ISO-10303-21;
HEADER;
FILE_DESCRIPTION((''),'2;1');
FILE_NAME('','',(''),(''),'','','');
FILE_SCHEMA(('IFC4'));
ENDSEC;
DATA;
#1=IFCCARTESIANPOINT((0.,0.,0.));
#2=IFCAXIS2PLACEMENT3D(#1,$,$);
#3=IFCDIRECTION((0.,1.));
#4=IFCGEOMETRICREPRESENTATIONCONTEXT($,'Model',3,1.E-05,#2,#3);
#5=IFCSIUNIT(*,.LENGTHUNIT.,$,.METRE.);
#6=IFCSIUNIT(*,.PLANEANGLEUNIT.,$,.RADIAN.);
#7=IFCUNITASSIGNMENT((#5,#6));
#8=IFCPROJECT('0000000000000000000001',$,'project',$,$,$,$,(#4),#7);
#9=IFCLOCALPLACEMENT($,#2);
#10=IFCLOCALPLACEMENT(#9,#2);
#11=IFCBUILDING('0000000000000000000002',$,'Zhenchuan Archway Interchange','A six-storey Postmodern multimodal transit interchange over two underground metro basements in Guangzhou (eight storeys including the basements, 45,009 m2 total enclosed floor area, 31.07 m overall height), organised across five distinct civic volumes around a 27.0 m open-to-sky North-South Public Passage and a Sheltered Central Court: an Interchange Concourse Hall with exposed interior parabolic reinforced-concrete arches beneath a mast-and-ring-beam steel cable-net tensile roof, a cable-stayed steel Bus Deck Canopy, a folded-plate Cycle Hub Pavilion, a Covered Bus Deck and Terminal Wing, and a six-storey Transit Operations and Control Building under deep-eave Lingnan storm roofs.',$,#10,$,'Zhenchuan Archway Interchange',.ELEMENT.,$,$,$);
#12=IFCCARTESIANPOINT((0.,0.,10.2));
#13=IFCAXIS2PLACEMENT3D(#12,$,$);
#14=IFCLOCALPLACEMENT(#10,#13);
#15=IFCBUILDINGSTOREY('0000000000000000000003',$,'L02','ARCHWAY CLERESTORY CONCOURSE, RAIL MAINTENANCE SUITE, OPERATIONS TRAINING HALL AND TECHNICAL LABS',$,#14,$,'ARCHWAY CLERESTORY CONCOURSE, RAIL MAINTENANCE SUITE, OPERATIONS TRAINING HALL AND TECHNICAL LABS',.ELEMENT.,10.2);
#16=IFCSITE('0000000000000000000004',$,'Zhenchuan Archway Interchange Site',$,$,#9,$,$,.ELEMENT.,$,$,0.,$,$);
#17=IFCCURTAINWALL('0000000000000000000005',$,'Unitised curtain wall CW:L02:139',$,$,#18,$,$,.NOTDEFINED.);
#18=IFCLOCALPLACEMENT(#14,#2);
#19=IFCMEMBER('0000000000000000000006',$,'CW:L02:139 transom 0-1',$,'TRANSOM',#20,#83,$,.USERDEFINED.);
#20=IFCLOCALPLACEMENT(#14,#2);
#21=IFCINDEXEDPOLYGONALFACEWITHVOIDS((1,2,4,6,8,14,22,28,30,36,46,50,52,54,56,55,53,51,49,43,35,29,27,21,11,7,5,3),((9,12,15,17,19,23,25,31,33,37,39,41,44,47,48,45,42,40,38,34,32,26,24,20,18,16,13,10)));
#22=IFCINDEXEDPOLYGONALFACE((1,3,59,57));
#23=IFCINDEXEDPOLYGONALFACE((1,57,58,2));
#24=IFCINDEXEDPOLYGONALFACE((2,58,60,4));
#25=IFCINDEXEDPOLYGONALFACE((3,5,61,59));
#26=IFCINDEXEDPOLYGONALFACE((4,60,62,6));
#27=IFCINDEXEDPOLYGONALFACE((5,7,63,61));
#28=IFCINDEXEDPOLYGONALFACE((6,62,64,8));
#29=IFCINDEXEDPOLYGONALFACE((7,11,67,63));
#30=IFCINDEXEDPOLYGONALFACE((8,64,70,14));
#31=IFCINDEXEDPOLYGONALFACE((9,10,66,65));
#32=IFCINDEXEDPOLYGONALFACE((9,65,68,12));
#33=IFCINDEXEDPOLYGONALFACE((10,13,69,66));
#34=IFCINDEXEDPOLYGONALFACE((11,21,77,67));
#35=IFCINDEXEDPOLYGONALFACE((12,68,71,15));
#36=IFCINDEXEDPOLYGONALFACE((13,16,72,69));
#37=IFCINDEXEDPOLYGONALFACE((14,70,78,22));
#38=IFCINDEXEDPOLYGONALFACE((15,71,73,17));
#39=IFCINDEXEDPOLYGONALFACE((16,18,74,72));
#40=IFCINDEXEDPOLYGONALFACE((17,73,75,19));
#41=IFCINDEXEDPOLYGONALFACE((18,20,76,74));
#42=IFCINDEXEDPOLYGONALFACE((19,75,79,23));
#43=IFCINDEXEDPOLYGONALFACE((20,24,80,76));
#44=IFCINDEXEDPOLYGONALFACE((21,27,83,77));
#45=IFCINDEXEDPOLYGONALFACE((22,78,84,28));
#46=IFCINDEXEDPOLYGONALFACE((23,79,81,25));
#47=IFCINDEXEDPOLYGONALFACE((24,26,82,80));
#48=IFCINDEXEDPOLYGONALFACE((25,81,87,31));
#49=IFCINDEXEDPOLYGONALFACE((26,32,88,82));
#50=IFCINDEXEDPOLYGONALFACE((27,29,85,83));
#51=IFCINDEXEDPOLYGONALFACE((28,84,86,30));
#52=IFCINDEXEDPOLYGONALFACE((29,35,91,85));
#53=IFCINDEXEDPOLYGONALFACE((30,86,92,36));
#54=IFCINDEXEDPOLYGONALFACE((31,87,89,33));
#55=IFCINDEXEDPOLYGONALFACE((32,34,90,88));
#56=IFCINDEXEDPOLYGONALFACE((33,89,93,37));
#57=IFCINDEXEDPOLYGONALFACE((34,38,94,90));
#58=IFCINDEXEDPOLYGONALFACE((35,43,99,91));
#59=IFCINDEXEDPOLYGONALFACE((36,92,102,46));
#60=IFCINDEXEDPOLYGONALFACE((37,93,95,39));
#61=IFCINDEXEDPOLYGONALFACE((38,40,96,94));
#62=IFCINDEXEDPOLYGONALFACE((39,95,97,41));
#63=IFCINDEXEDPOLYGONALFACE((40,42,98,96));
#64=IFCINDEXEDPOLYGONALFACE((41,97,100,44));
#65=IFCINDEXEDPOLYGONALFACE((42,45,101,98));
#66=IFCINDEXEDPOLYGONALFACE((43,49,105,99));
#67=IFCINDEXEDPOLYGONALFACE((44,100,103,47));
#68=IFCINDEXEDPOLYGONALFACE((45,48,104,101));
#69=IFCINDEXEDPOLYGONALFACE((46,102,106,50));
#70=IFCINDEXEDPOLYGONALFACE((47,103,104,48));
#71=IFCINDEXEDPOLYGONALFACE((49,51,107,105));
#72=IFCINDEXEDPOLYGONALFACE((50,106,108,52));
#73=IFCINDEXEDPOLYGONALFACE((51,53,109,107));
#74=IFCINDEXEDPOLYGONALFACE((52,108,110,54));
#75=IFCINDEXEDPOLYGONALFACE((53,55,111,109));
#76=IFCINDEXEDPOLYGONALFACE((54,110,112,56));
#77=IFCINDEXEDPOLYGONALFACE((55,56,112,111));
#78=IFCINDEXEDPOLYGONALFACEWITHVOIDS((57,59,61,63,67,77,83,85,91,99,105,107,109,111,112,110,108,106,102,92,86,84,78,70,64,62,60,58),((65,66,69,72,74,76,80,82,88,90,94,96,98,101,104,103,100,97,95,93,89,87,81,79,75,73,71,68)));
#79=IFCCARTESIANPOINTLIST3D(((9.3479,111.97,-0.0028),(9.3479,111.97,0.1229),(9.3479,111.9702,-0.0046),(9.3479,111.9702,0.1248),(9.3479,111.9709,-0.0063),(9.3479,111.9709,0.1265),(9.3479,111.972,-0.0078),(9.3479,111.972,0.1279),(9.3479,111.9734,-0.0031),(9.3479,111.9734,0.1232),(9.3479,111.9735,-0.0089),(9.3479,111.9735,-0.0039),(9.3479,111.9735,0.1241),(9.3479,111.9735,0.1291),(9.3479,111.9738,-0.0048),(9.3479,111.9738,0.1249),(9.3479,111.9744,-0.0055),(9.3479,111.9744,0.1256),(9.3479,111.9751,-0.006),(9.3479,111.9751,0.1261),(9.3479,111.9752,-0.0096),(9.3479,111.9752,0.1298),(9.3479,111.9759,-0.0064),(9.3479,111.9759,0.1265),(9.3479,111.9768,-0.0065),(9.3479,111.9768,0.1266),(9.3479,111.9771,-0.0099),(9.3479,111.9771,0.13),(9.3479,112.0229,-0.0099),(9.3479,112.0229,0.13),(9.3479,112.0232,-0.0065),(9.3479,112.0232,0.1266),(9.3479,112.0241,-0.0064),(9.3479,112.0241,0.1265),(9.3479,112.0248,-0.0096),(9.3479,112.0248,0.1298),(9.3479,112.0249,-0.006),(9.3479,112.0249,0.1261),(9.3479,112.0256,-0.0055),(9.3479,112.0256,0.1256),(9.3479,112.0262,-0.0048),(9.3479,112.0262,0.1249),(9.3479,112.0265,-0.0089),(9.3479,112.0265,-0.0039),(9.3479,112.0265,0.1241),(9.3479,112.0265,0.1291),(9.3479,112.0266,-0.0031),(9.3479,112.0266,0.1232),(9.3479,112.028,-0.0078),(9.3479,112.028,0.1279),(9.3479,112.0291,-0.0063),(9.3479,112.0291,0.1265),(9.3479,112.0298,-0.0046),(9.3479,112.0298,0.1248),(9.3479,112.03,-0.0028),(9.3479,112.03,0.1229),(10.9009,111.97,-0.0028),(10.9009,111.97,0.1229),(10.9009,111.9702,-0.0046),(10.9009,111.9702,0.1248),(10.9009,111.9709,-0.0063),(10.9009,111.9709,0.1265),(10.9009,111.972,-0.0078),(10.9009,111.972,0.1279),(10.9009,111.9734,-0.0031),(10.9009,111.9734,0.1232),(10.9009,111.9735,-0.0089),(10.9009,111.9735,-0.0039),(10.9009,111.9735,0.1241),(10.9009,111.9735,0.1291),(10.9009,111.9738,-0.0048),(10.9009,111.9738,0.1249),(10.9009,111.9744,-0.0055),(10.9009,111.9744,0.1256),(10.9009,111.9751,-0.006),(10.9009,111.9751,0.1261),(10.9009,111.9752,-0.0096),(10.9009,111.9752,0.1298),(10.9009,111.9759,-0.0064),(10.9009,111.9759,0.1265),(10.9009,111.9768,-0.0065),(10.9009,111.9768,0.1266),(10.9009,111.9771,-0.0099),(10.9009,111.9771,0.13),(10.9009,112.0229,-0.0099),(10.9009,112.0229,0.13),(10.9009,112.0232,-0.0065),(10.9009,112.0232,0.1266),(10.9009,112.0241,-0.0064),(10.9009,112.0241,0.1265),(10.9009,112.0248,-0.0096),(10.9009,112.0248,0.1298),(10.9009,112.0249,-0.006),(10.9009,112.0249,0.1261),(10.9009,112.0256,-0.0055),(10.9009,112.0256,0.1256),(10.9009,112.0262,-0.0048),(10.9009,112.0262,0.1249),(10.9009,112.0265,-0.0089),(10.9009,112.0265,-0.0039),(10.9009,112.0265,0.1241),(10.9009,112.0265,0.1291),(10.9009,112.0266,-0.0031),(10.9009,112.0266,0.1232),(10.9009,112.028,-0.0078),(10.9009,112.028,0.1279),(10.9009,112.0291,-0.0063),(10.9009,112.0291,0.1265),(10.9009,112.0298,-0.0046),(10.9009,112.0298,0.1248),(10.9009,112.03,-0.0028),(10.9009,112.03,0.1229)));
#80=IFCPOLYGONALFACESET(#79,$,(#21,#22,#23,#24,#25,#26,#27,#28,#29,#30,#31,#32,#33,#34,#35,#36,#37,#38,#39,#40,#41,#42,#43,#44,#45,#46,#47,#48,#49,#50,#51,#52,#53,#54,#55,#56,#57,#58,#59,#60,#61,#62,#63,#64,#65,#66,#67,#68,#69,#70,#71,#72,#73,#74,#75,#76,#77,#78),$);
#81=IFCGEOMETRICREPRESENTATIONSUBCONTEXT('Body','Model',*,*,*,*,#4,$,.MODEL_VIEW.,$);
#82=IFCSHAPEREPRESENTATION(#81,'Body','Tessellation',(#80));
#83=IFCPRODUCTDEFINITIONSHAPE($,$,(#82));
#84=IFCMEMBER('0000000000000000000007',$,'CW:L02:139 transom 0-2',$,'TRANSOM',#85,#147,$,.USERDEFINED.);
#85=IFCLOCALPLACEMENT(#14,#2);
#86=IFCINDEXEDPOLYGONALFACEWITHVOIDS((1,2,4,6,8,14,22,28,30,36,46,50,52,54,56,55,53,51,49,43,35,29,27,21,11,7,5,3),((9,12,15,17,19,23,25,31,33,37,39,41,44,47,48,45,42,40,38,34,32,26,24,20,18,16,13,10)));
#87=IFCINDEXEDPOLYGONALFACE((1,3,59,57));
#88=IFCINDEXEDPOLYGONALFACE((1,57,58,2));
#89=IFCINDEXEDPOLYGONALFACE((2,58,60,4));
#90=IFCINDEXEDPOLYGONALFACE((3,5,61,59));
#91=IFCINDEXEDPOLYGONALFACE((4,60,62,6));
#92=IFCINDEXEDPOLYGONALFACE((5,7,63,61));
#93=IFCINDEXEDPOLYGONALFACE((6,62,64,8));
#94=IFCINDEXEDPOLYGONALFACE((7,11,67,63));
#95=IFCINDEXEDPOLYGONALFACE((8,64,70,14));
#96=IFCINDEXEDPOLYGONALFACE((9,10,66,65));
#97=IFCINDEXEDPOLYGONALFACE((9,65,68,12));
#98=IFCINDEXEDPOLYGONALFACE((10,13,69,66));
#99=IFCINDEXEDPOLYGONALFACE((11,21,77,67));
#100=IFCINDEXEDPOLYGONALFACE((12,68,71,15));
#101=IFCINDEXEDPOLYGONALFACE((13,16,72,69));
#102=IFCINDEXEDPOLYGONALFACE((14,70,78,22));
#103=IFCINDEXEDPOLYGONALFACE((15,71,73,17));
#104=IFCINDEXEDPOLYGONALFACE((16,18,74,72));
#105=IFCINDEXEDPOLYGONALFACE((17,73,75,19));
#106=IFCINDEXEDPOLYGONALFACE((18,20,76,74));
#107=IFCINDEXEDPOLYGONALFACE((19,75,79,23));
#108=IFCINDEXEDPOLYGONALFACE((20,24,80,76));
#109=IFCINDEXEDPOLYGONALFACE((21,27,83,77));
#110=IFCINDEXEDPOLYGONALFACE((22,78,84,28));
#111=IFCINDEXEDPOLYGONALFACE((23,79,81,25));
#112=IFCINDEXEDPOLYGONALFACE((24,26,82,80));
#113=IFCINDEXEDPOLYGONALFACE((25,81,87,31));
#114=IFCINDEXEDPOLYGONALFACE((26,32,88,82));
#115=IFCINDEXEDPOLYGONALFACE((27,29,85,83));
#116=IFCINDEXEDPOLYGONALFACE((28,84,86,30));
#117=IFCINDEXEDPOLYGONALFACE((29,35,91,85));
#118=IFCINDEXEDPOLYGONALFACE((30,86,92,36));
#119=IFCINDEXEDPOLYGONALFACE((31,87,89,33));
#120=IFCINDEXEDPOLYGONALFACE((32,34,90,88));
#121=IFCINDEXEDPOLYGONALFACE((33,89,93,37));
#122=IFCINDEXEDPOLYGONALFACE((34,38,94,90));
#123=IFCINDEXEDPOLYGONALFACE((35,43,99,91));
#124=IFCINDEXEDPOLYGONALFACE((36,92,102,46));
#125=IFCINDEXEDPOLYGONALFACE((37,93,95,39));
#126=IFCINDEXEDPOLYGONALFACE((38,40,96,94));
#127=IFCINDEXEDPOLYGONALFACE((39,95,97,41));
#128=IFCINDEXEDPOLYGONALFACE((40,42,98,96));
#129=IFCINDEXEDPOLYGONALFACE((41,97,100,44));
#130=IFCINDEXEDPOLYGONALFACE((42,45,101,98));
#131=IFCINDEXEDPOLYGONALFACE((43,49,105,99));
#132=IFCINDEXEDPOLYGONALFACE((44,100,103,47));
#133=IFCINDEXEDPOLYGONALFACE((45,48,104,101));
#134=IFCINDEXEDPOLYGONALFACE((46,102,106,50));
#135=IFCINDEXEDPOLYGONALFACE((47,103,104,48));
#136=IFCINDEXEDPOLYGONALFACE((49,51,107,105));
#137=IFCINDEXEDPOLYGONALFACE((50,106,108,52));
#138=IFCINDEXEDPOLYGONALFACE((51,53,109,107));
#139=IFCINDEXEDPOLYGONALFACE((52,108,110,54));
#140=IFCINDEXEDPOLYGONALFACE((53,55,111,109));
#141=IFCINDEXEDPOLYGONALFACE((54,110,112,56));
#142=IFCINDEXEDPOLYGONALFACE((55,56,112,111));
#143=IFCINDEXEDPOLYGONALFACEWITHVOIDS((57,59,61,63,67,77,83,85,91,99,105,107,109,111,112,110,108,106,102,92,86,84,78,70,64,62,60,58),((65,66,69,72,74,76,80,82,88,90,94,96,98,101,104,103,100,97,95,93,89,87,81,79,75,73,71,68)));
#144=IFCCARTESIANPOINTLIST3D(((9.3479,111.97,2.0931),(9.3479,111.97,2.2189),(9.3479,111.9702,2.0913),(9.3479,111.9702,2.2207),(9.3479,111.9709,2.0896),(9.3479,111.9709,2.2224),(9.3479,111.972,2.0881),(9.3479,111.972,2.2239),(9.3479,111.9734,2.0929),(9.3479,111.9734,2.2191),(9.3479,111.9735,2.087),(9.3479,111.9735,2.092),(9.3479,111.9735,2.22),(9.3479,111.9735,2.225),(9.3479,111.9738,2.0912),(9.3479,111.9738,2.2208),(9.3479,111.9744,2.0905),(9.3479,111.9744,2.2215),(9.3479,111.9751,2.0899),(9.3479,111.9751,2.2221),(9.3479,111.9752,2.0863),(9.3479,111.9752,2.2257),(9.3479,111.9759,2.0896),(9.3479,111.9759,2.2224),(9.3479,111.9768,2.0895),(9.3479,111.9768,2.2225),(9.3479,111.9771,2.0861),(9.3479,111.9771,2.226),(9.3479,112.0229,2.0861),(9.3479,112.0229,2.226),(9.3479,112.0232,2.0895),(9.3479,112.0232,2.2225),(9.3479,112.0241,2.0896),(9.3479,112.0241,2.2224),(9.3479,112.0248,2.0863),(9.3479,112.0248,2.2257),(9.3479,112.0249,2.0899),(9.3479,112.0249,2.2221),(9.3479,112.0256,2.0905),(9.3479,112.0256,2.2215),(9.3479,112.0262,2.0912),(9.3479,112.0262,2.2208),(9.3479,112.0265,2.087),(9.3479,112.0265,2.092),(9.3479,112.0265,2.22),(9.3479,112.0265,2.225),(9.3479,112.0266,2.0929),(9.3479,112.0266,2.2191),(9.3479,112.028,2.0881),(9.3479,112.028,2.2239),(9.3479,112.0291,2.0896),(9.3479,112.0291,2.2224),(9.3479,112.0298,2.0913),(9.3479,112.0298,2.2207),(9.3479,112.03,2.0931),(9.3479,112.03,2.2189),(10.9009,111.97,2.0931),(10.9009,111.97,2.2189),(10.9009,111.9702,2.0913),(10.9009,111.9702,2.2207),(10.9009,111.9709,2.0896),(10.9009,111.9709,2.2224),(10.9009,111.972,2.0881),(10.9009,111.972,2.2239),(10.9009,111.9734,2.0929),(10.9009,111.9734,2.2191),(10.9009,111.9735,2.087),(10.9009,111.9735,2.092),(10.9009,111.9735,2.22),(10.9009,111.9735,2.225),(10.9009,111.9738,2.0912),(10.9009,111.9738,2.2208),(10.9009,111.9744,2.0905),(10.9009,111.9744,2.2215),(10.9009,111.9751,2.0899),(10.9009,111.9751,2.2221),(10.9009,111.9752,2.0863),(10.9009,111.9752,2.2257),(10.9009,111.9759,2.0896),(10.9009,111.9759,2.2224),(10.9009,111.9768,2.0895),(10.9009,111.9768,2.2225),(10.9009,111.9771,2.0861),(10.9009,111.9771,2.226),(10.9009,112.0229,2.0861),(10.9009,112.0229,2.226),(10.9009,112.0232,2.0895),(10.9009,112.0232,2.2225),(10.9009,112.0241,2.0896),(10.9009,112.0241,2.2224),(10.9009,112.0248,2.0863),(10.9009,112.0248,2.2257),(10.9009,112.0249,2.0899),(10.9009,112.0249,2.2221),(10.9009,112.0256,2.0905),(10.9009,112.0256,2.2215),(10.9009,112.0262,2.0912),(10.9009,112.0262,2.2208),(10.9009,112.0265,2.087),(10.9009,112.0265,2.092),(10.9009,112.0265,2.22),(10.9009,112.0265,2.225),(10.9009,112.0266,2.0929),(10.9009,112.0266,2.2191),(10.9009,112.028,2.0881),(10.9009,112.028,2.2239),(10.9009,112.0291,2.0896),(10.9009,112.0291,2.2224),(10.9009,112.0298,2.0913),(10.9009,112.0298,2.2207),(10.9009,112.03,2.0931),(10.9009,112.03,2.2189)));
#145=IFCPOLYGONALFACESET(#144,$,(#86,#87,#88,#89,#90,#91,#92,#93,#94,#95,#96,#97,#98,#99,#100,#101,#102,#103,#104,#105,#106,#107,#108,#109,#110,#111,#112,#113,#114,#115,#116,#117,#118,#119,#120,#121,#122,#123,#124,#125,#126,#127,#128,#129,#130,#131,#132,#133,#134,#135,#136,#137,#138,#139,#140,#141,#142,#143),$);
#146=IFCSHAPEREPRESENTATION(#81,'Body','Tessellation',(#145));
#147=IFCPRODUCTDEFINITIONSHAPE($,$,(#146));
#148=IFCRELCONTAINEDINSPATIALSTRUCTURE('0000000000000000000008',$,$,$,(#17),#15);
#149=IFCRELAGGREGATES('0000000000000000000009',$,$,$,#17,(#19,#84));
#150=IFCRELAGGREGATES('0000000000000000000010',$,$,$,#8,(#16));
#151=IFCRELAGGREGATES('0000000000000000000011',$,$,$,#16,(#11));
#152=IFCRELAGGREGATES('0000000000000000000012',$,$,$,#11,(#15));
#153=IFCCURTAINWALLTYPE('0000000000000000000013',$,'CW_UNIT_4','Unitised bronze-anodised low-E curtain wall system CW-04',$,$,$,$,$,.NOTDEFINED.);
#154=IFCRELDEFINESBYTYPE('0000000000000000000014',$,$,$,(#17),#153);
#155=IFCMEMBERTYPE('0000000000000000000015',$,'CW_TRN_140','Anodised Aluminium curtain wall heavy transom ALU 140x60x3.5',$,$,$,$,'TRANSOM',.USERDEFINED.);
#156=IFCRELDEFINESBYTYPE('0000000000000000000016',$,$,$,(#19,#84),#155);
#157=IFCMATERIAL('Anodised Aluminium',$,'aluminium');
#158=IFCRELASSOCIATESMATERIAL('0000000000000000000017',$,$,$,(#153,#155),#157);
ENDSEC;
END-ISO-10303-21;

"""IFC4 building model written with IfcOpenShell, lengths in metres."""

from ifc_helpers import new_model, si_unit, direction, frame, origin, origin_2d, place, context, subcontext, project, spatial, hollow_rectangle, extrude, material, material_profile, profile_set, type_object, element, aggregate, save


model = new_model("IFC4")

# Units and contexts
model_context = context("Model", 3, precision=1e-05, world=origin(), true_north=direction((0.0, 1.0)))
body_context = subcontext(model_context, "Body", "Model", "MODEL_VIEW")
ifc_project = project(units=[si_unit("LENGTHUNIT", "METRE"), si_unit("PLANEANGLEUNIT", "RADIAN")], contexts=[model_context])

# Site, building, storey
site_placement = place(None, origin())
site = spatial("IfcSite", under=ifc_project, at=site_placement, Name="Zhenchuan Archway Interchange Site", CompositionType="ELEMENT", RefElevation=0.0)
building_placement = place(site_placement, origin())
building = spatial("IfcBuilding", under=site, at=building_placement, Name="Zhenchuan Archway Interchange", Description="A six-storey Postmodern multimodal transit interchange over two underground metro basements in Guangzhou (eight storeys including the basements, 45,009 m2 total enclosed floor area, 31.07 m overall height), organised across five distinct civic volumes around a 27.0 m open-to-sky North-South Public Passage and a Sheltered Central Court: an Interchange Concourse Hall with exposed interior parabolic reinforced-concrete arches beneath a mast-and-ring-beam steel cable-net tensile roof, a cable-stayed steel Bus Deck Canopy, a folded-plate Cycle Hub Pavilion, a Covered Bus Deck and Terminal Wing, and a six-storey Transit Operations and Control Building under deep-eave Lingnan storm roofs.", LongName="Zhenchuan Archway Interchange", CompositionType="ELEMENT")
storey_placement = place(building_placement, frame((0.0, 0.0, 10.2)))
storey = spatial("IfcBuildingStorey", under=building, at=storey_placement, Name="L02", Description="ARCHWAY CLERESTORY CONCOURSE, RAIL MAINTENANCE SUITE, OPERATIONS TRAINING HALL AND TECHNICAL LABS", LongName="ARCHWAY CLERESTORY CONCOURSE, RAIL MAINTENANCE SUITE, OPERATIONS TRAINING HALL AND TECHNICAL LABS", CompositionType="ELEMENT", Elevation=10.2)

# Shared definitions
ifc_material_1 = material(Name="Anodised Aluminium", Category="aluminium")

# Curtain wall, members
curtain_wall_type_1 = type_object("IfcCurtainWallType", Name="CW_UNIT_4", Description="Unitised bronze-anodised low-E curtain wall system CW-04", PredefinedType="NOTDEFINED", material=ifc_material_1)
curtain_wall_1_placement = place(storey_placement, origin())
curtain_wall_1 = element("IfcCurtainWall", 1, at=curtain_wall_1_placement, inside=storey, type_object=curtain_wall_type_1, Name="Unitised curtain wall CW:L02:139", PredefinedType="NOTDEFINED")
ifc_material_profile_1 = material_profile(ifc_material_1, hollow_rectangle(XDim=0.0601, YDim=0.1399, WallThickness=0.0034, InnerFilletRadius=0.0034, OuterFilletRadius=0.0071, at=origin_2d()), Name="ALU 140x60x3.5")
ifc_profile_set_1 = profile_set([ifc_material_profile_1], Name="Anodised Aluminium")
member_type_1 = type_object("IfcMemberType", Name="CW_TRN_140", Description="Anodised Aluminium curtain wall heavy transom ALU 140x60x3.5", ElementType="TRANSOM", PredefinedType="USERDEFINED", material=ifc_profile_set_1)
member_1_placement = place(storey_placement, frame((9.3479, 112.0, 0.0601), z_axis=(1.0, 0.0, 0.0), x_axis=(0.0, 1.0, 0.0)))
member_1 = element("IfcMember", 2, at=member_1_placement, type_object=member_type_1, Name="CW:L02:139 transom 0-1", ObjectType="TRANSOM", PredefinedType="USERDEFINED", context=body_context, shape_type="SweptSolid", body=[
    extrude(hollow_rectangle(XDim=0.0601, YDim=0.1399, WallThickness=0.0034, InnerFilletRadius=0.0034, OuterFilletRadius=0.0071, at=origin_2d()), origin(), (0.0, 0.0, 1.0), 1.553),
])
member_2_placement = place(storey_placement, frame((9.3479, 112.0, 2.156), z_axis=(1.0, 0.0, 0.0), x_axis=(0.0, 1.0, 0.0)))
member_2 = element("IfcMember", 3, at=member_2_placement, type_object=member_type_1, Name="CW:L02:139 transom 0-2", ObjectType="TRANSOM", PredefinedType="USERDEFINED", context=body_context, shape_type="SweptSolid", body=[
    extrude(hollow_rectangle(XDim=0.0601, YDim=0.1399, WallThickness=0.0034, InnerFilletRadius=0.0034, OuterFilletRadius=0.0071, at=origin_2d()), origin(), (0.0, 0.0, 1.0), 1.553),
])

aggregate(curtain_wall_1, [member_1, member_2])

save(model, "model.ifc")
